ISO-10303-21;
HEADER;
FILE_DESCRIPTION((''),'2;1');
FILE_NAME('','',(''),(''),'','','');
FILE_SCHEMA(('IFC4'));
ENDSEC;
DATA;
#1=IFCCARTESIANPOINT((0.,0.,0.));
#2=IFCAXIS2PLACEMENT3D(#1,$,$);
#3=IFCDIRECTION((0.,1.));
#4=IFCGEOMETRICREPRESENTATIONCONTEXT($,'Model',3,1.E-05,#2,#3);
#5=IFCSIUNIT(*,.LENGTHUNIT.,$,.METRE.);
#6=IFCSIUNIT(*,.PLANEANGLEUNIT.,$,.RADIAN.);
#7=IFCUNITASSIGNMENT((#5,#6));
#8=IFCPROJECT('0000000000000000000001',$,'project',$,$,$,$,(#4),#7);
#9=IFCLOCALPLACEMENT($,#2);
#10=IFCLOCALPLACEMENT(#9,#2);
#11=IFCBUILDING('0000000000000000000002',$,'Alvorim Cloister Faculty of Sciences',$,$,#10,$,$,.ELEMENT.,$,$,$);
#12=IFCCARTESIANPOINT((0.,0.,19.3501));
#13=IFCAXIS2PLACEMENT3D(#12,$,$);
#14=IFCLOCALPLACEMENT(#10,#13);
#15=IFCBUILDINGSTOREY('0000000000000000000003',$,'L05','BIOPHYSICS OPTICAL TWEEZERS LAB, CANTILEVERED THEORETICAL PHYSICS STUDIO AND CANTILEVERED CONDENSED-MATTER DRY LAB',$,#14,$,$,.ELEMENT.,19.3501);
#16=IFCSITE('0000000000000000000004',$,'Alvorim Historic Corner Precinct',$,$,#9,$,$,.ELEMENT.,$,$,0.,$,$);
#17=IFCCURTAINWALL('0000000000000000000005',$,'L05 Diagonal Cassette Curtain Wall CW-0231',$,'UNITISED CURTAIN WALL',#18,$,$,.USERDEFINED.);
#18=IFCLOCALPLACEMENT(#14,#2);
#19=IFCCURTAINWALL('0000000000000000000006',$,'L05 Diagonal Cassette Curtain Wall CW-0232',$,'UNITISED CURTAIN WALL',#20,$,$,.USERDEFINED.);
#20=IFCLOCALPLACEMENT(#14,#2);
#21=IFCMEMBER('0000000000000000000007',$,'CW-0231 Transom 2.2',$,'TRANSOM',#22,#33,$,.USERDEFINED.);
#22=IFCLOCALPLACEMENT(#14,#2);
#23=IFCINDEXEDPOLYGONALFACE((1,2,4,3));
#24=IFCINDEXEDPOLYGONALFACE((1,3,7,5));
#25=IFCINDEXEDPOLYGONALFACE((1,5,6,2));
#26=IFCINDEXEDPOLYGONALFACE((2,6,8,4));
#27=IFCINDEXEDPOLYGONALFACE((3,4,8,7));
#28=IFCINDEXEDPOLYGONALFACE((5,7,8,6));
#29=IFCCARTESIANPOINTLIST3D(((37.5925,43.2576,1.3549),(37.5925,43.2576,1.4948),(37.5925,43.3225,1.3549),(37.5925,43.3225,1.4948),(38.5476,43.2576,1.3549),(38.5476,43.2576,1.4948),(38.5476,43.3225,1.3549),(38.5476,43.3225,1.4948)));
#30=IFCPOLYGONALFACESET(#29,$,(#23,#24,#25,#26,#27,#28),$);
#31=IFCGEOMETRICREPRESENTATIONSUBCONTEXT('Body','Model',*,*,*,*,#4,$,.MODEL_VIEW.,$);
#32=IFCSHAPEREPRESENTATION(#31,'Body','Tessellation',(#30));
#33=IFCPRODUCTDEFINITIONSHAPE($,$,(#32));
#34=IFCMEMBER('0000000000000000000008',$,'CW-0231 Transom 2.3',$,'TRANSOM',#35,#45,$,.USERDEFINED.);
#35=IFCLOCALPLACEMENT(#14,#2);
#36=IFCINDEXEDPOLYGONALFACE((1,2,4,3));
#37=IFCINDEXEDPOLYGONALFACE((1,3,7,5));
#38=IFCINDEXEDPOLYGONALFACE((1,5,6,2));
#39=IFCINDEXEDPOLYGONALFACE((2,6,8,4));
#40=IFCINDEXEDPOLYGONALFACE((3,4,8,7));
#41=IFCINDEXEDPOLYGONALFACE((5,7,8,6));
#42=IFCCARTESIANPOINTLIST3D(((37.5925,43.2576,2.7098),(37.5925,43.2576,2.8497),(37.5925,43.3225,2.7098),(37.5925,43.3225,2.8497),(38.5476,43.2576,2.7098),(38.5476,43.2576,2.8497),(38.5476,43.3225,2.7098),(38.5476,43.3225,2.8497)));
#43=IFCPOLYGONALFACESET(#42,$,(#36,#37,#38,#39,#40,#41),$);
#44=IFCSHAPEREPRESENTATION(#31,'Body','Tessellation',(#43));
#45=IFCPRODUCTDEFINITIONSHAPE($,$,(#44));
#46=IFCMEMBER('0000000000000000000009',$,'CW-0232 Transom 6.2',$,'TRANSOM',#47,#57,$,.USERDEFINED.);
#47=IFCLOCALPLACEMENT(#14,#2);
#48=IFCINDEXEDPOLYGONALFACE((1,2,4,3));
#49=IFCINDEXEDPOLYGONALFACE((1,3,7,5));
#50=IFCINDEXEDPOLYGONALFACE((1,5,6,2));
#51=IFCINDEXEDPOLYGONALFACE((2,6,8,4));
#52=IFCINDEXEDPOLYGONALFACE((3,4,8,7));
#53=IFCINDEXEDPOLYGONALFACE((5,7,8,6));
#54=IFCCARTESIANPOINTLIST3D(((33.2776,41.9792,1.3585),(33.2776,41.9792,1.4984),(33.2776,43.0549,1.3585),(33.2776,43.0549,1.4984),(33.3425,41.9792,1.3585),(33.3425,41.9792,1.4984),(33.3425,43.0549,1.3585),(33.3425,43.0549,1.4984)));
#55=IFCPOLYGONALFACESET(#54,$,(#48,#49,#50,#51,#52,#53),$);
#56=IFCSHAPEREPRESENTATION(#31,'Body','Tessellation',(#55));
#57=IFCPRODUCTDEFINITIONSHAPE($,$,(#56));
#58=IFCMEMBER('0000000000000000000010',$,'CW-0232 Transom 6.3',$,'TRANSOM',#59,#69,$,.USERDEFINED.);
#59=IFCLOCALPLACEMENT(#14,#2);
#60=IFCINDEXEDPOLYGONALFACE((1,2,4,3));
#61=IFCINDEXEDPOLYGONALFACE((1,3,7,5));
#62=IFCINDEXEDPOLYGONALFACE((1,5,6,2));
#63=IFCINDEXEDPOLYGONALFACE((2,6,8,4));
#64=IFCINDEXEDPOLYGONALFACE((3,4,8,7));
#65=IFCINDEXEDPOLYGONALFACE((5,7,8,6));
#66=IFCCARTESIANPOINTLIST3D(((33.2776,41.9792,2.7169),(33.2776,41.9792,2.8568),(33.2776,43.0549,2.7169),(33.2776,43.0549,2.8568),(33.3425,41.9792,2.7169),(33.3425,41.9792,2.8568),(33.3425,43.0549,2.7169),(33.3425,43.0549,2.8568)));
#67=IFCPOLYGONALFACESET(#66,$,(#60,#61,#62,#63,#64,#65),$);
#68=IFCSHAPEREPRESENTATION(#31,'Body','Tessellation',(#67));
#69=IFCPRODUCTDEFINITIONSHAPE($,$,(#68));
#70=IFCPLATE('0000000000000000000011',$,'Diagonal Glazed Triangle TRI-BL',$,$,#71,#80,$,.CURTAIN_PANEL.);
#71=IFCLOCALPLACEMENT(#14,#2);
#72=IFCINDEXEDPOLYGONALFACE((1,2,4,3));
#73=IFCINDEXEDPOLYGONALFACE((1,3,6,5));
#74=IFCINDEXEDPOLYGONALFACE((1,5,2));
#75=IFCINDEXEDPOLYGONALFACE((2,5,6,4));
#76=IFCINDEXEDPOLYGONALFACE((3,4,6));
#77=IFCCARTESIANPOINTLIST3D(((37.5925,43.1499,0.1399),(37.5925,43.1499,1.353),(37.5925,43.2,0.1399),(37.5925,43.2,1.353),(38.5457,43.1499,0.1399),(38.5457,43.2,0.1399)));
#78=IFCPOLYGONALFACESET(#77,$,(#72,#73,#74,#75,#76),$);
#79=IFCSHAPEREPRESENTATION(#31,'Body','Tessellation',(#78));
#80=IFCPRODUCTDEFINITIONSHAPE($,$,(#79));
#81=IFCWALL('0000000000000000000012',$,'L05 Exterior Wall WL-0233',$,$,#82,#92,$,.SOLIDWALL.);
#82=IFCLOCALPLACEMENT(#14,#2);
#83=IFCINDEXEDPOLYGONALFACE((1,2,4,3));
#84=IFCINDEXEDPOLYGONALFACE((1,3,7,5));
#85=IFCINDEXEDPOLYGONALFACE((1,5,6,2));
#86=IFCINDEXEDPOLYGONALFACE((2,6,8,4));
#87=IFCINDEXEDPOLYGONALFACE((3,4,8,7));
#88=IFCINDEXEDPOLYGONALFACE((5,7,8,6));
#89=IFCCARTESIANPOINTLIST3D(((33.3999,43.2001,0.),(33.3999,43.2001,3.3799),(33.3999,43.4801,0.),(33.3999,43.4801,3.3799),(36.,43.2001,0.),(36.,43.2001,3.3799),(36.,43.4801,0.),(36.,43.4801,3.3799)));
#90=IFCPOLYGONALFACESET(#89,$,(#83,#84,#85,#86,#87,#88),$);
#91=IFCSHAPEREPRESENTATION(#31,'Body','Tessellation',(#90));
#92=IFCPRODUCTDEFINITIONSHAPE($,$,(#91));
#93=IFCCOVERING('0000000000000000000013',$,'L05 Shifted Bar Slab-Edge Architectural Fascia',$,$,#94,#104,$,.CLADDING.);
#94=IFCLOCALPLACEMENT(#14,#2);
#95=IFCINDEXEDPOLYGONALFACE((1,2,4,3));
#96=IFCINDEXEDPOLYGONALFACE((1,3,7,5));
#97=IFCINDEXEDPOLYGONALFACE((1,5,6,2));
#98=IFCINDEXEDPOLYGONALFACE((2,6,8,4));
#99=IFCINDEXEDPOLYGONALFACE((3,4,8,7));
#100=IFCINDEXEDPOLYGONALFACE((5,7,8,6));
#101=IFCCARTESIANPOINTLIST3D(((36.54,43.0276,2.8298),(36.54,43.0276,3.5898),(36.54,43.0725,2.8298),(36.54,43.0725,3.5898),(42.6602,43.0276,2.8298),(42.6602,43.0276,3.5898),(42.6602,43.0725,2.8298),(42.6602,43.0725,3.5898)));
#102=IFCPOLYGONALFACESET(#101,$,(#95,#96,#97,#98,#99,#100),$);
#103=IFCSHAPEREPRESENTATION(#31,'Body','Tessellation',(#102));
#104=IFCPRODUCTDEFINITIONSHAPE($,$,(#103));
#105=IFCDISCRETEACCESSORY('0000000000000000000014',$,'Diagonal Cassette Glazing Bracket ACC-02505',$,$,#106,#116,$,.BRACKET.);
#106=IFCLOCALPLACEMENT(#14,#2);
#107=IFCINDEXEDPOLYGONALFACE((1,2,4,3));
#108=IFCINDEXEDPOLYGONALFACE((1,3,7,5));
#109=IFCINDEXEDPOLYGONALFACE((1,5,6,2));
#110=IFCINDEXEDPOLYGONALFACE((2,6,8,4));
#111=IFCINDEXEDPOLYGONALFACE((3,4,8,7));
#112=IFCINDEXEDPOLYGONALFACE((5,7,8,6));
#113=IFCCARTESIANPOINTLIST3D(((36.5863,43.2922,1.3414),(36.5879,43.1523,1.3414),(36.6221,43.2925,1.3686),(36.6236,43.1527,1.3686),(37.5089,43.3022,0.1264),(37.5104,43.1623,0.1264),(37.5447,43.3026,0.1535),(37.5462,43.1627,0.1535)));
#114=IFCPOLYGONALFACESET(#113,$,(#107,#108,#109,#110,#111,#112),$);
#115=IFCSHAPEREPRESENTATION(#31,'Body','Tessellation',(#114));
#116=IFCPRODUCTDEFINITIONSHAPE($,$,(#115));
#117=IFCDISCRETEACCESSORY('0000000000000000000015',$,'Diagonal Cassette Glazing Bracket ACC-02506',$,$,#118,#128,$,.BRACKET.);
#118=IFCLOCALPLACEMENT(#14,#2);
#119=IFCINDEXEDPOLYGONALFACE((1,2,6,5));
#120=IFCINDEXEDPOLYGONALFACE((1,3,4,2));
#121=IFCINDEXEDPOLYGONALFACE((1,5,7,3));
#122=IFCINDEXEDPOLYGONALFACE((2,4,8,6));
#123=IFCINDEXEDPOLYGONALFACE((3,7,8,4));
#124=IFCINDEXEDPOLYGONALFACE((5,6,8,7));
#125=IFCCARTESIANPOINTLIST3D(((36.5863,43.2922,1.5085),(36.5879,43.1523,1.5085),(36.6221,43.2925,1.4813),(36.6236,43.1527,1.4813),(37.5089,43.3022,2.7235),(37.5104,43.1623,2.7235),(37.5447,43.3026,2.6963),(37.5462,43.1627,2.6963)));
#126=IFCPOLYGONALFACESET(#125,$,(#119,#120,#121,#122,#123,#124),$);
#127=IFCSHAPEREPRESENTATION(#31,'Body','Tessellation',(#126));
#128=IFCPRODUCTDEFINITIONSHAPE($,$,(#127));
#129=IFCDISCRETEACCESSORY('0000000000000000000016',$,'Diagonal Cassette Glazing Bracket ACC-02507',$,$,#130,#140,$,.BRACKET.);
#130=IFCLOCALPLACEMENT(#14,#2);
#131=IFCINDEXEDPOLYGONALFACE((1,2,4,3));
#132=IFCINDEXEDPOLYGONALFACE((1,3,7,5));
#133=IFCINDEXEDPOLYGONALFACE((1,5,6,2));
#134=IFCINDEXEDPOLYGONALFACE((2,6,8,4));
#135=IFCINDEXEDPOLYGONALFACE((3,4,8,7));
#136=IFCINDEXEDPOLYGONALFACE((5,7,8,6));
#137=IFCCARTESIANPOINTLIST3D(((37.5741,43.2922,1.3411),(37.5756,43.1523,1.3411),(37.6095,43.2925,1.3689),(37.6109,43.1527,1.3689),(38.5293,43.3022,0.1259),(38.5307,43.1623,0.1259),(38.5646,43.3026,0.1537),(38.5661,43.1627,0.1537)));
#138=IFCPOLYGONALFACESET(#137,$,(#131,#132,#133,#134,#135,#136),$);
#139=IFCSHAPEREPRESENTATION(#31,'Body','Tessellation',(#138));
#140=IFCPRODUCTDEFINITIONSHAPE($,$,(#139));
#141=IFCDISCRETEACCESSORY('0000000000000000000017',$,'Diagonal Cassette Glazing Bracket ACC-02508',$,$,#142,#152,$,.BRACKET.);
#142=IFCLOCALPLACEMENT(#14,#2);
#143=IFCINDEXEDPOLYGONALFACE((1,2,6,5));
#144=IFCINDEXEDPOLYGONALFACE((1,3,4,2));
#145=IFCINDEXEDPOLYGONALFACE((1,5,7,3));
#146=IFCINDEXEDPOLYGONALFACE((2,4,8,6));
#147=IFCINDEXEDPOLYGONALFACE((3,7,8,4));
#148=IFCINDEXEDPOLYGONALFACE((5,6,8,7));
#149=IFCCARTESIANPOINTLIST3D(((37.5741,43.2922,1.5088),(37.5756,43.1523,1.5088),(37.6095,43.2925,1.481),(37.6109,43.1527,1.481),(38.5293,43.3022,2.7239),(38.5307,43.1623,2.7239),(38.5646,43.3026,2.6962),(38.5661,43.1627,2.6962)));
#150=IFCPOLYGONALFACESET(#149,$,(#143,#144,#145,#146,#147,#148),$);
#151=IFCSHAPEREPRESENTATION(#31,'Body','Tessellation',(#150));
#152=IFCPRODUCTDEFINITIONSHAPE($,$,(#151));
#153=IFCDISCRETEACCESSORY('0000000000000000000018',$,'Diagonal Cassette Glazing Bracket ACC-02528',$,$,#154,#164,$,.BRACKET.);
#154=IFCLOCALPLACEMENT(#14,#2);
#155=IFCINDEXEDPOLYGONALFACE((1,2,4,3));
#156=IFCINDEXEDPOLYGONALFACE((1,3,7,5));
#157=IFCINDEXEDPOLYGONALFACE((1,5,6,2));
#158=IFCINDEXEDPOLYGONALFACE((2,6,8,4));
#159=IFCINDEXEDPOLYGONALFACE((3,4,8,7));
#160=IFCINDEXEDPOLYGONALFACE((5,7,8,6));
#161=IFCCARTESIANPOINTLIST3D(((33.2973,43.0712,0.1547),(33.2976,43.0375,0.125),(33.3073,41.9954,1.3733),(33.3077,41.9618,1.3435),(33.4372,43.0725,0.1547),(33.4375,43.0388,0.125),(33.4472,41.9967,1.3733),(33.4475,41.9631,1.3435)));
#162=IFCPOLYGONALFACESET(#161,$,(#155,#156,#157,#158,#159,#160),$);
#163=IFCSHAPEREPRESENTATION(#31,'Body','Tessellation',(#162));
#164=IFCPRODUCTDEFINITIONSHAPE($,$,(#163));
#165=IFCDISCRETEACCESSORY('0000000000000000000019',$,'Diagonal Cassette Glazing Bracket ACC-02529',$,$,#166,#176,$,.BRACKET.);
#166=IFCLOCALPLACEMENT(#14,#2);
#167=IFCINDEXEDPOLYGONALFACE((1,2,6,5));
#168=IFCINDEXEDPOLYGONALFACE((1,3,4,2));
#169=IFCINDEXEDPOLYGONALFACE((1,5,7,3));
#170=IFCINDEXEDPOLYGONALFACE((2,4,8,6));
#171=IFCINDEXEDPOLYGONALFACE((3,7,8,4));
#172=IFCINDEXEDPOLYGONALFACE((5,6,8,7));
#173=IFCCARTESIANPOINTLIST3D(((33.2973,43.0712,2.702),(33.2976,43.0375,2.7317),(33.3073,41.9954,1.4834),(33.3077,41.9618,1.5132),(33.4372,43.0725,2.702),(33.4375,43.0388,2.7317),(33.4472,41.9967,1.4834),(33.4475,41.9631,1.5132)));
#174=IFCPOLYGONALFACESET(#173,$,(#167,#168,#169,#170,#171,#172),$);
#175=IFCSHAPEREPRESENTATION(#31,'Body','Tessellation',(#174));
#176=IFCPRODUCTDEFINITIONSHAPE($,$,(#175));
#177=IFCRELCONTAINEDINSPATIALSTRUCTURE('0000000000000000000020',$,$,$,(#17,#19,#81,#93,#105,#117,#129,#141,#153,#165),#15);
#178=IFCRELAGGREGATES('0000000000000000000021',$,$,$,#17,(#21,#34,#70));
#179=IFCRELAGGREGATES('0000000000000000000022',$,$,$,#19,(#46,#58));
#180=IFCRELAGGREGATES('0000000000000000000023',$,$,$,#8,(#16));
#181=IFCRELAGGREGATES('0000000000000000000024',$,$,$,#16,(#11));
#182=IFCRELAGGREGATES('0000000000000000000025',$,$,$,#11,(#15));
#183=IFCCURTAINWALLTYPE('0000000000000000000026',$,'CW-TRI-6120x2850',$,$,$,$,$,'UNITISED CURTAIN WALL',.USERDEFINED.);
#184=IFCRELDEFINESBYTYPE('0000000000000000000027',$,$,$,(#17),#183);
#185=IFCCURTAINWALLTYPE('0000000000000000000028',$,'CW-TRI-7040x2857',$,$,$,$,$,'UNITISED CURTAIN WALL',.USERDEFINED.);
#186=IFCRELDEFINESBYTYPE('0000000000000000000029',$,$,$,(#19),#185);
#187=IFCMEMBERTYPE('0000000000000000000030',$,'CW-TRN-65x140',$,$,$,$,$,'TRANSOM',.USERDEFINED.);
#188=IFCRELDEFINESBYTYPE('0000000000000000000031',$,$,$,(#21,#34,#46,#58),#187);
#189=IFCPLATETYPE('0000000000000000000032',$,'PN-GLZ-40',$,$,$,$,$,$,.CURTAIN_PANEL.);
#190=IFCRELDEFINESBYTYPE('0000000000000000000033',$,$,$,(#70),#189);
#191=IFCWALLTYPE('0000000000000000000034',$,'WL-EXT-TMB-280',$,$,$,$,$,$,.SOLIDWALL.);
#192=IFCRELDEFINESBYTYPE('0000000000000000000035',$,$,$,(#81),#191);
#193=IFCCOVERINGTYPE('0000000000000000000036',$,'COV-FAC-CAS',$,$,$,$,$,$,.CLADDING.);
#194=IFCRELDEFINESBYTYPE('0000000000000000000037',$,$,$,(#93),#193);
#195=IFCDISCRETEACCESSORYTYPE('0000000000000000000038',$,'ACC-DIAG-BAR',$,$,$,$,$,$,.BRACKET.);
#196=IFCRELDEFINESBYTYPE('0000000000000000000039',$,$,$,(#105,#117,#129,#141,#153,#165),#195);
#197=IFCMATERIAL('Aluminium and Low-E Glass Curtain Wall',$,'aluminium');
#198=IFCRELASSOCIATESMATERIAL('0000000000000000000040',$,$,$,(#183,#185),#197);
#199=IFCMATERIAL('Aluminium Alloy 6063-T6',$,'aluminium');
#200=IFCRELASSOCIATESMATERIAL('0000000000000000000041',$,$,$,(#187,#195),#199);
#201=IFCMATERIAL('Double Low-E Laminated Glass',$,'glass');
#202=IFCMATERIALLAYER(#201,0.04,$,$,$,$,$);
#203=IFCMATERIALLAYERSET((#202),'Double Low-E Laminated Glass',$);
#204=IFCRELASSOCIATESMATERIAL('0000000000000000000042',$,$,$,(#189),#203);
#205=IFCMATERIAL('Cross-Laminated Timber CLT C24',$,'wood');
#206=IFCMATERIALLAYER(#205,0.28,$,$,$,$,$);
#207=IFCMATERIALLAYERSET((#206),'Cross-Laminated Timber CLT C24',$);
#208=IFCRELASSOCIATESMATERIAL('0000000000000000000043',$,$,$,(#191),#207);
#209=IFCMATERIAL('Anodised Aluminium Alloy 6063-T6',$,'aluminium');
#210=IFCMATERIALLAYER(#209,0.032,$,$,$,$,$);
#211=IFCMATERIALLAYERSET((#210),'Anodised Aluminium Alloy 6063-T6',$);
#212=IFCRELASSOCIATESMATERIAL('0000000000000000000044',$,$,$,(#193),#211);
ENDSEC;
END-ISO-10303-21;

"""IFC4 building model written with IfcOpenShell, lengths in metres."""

from ifc_helpers import new_model, si_unit, direction, frame, frame_2d, origin, origin_2d, place, context, subcontext, project, spatial, polyline, rectangle, outline, extrude, material, layer, layer_set, material_profile, profile_set, type_object, element, aggregate, save


model = new_model("IFC4")

# Units and contexts
model_context = context("Model", 3, precision=1e-05, world=origin(), true_north=direction((0.0, 1.0)))
body_context = subcontext(model_context, "Body", "Model", "MODEL_VIEW")
ifc_project = project(units=[si_unit("LENGTHUNIT", "METRE"), si_unit("PLANEANGLEUNIT", "RADIAN")], contexts=[model_context])

# Site, building, storey
site_placement = place(None, origin())
site = spatial("IfcSite", under=ifc_project, at=site_placement, Name="Alvorim Historic Corner Precinct", CompositionType="ELEMENT", RefElevation=0.0)
building_placement = place(site_placement, origin())
building = spatial("IfcBuilding", under=site, at=building_placement, Name="Alvorim Cloister Faculty of Sciences", CompositionType="ELEMENT")
storey_placement = place(building_placement, frame((0.0, 0.0, 19.3501)))
storey = spatial("IfcBuildingStorey", under=building, at=storey_placement, Name="L05", Description="BIOPHYSICS OPTICAL TWEEZERS LAB, CANTILEVERED THEORETICAL PHYSICS STUDIO AND CANTILEVERED CONDENSED-MATTER DRY LAB", CompositionType="ELEMENT", Elevation=19.3501)

# Curtain wall
ifc_material_1 = material(Name="Aluminium and Low-E Glass Curtain Wall", Category="aluminium")
curtain_wall_type_1 = type_object("IfcCurtainWallType", Name="CW-TRI-6120x2850", ElementType="UNITISED CURTAIN WALL", PredefinedType="USERDEFINED", material=ifc_material_1)
curtain_wall_1_placement = place(storey_placement, origin())
curtain_wall_1 = element("IfcCurtainWall", 1, at=curtain_wall_1_placement, inside=storey, type_object=curtain_wall_type_1, Name="L05 Diagonal Cassette Curtain Wall CW-0231", ObjectType="UNITISED CURTAIN WALL", PredefinedType="USERDEFINED")
ifc_material_2 = material(Name="Aluminium Alloy 6063-T6", Category="aluminium")

# Curtain wall
curtain_wall_type_2 = type_object("IfcCurtainWallType", Name="CW-TRI-7040x2857", ElementType="UNITISED CURTAIN WALL", PredefinedType="USERDEFINED", material=ifc_material_1)
curtain_wall_2_placement = place(storey_placement, origin())
curtain_wall_2 = element("IfcCurtainWall", 2, at=curtain_wall_2_placement, inside=storey, type_object=curtain_wall_type_2, Name="L05 Diagonal Cassette Curtain Wall CW-0232", ObjectType="UNITISED CURTAIN WALL", PredefinedType="USERDEFINED")

# Members
ifc_material_profile_1 = material_profile(ifc_material_2, rectangle(XDim=0.0649, YDim=0.1399, at=origin_2d()), Name="ALU-TRN-65x140")
ifc_profile_set_1 = profile_set([ifc_material_profile_1], Name="Aluminium Alloy 6063-T6")
member_type_1 = type_object("IfcMemberType", Name="CW-TRN-65x140", ElementType="TRANSOM", PredefinedType="USERDEFINED", material=ifc_profile_set_1)
member_1_placement = place(storey_placement, frame((37.5925, 43.29, 1.4248), z_axis=(1.0, 0.0, 0.0), x_axis=(0.0, 1.0, 0.0)))
member_1 = element("IfcMember", 3, at=member_1_placement, type_object=member_type_1, Name="CW-0231 Transom 2.2", ObjectType="TRANSOM", PredefinedType="USERDEFINED", context=body_context, shape_type="SweptSolid", body=[
    extrude(rectangle(XDim=0.0649, YDim=0.1399, at=origin_2d()), origin(), (0.0, 0.0, 1.0), 0.9551),
])
member_2_placement = place(storey_placement, frame((37.5925, 43.29, 2.7798), z_axis=(1.0, 0.0, 0.0), x_axis=(0.0, 1.0, 0.0)))
member_2 = element("IfcMember", 4, at=member_2_placement, type_object=member_type_1, Name="CW-0231 Transom 2.3", ObjectType="TRANSOM", PredefinedType="USERDEFINED", context=body_context, shape_type="SweptSolid", body=[
    extrude(rectangle(XDim=0.0649, YDim=0.1399, at=origin_2d()), origin(), (0.0, 0.0, 1.0), 0.9551),
])
member_3_placement = place(storey_placement, frame((33.3101, 41.9792, 1.4285), z_axis=(0.0, 1.0, 0.0), x_axis=(-1.0, 0.0, 0.0)))
member_3 = element("IfcMember", 5, at=member_3_placement, type_object=member_type_1, Name="CW-0232 Transom 6.2", ObjectType="TRANSOM", PredefinedType="USERDEFINED", context=body_context, shape_type="SweptSolid", body=[
    extrude(rectangle(XDim=0.0649, YDim=0.1399, at=origin_2d()), origin(), (0.0, 0.0, 1.0), 1.0757),
])
member_4_placement = place(storey_placement, frame((33.3101, 41.9792, 2.7869), z_axis=(0.0, 1.0, 0.0), x_axis=(-1.0, 0.0, 0.0)))
member_4 = element("IfcMember", 6, at=member_4_placement, type_object=member_type_1, Name="CW-0232 Transom 6.3", ObjectType="TRANSOM", PredefinedType="USERDEFINED", context=body_context, shape_type="SweptSolid", body=[
    extrude(rectangle(XDim=0.0649, YDim=0.1399, at=origin_2d()), origin(), (0.0, 0.0, 1.0), 1.0757),
])

# Plate
ifc_material_3 = material(Name="Double Low-E Laminated Glass", Category="glass")
ifc_layer_1 = layer(ifc_material_3, 0.04)
ifc_layer_set_1 = layer_set([ifc_layer_1], Name="Double Low-E Laminated Glass")
plate_type = type_object("IfcPlateType", Name="PN-GLZ-40", PredefinedType="CURTAIN_PANEL", material=ifc_layer_set_1)
plate_1_placement = place(storey_placement, frame((37.5925, 43.175, 0.1399), z_axis=(0.0, 0.0, 1.0), x_axis=(1.0, 0.0, 0.0)))
plate_1 = element("IfcPlate", 7, at=plate_1_placement, type_object=plate_type, Name="Diagonal Glazed Triangle TRI-BL", PredefinedType="CURTAIN_PANEL", context=body_context, shape_type="SweptSolid", body=[
    extrude(outline(polyline([(0.0, 0.0), (0.9531, 0.0), (0.0, 1.2131), (0.0, 0.0)])), frame((0.0, 0.0249, 0.0), z_axis=(0.0, -1.0, 0.0), x_axis=(1.0, 0.0, 0.0)), (0.0, 0.0, 1.0), 0.05),
])
aggregate(curtain_wall_1, [member_1, member_2, plate_1])
aggregate(curtain_wall_2, [member_3, member_4])

# Wall
ifc_material_4 = material(Name="Cross-Laminated Timber CLT C24", Category="wood")
ifc_layer_2 = layer(ifc_material_4, 0.28)
ifc_layer_set_2 = layer_set([ifc_layer_2], Name="Cross-Laminated Timber CLT C24")
wall_type = type_object("IfcWallType", Name="WL-EXT-TMB-280", PredefinedType="SOLIDWALL", material=ifc_layer_set_2)
wall_placement = place(storey_placement, frame((33.3999, 43.3401, 0.0), z_axis=(0.0, 0.0, 1.0), x_axis=(1.0, 0.0, 0.0)))
element("IfcWall", 8, at=wall_placement, inside=storey, type_object=wall_type, Name="L05 Exterior Wall WL-0233", PredefinedType="SOLIDWALL", context=body_context, shape_type="SweptSolid", body=[
    extrude(rectangle(XDim=2.6001, YDim=0.28, at=frame_2d((1.3, 0.0))), origin(), (0.0, 0.0, 1.0), 3.3799),
])

# Covering
ifc_material_5 = material(Name="Anodised Aluminium Alloy 6063-T6", Category="aluminium")
ifc_layer_3 = layer(ifc_material_5, 0.032)
ifc_layer_set_3 = layer_set([ifc_layer_3], Name="Anodised Aluminium Alloy 6063-T6")
covering_type = type_object("IfcCoveringType", Name="COV-FAC-CAS", PredefinedType="CLADDING", material=ifc_layer_set_3)
covering_placement = place(storey_placement, frame((36.54, 43.05, 2.8298), z_axis=(0.0, 0.0, 1.0), x_axis=(1.0, 0.0, 0.0)))
element("IfcCovering", 9, at=covering_placement, inside=storey, type_object=covering_type, Name="L05 Shifted Bar Slab-Edge Architectural Fascia", PredefinedType="CLADDING", context=body_context, shape_type="SweptSolid", body=[
    extrude(outline(polyline([(0.0, 0.0), (6.1201, 0.0), (6.1201, 0.76), (0.0, 0.76), (0.0, 0.0)])), frame((0.0, 0.0225, 0.0), z_axis=(0.0, -1.0, 0.0), x_axis=(1.0, 0.0, 0.0)), (0.0, 0.0, 1.0), 0.0449),
])

# Discrete accessories
discrete_accessory_type = type_object("IfcDiscreteAccessoryType", Name="ACC-DIAG-BAR", PredefinedType="BRACKET", material=ifc_material_2)
for number, where, z_axis, x_axis, name in (
    (10, (36.605, 43.2224, 1.355), (0.604713, 0.006561, -0.796416), (-0.010849, 0.999941, 0.0), "Diagonal Cassette Glazing Bracket ACC-02505"),
    (11, (36.605, 43.2224, 1.4949), (0.604713, 0.006561, 0.796416), (-0.010849, 0.999941, 0.0), "Diagonal Cassette Glazing Bracket ACC-02506"),
):
    element("IfcDiscreteAccessory", number, at=place(storey_placement, frame(where, z_axis=z_axis, x_axis=x_axis)), inside=storey, type_object=discrete_accessory_type, Name=name, PredefinedType="BRACKET", context=body_context, shape_type="SweptSolid", body=[
        extrude(rectangle(XDim=0.1399, YDim=0.0449, at=origin_2d()), origin(), (0.0, 0.0, 1.0), 1.5256),
    ])
for number, where, z_axis, x_axis, name in (
    (12, (37.5925, 43.2224, 1.355), (0.617955, 0.006477, -0.786187), (-0.01048, 0.999945, 0.0), "Diagonal Cassette Glazing Bracket ACC-02507"),
    (13, (37.5925, 43.2224, 1.4949), (0.617955, 0.006477, 0.786187), (-0.01048, 0.999945, 0.0), "Diagonal Cassette Glazing Bracket ACC-02508"),
):
    element("IfcDiscreteAccessory", number, at=place(storey_placement, frame(where, z_axis=z_axis, x_axis=x_axis)), inside=storey, type_object=discrete_accessory_type, Name=name, PredefinedType="BRACKET", context=body_context, shape_type="SweptSolid", body=[
        extrude(rectangle(XDim=0.1399, YDim=0.0449, at=origin_2d()), origin(), (0.0, 0.0, 1.0), 1.5457),
    ])
for number, where, z_axis, x_axis, name in (
    (14, (33.3774, 41.9792, 1.3584), (-0.006158, 0.661793, -0.749661), (-0.999957, -0.009305, 0.0), "Diagonal Cassette Glazing Bracket ACC-02528"),
    (15, (33.3774, 41.9792, 1.4983), (-0.006158, 0.661793, 0.749661), (-0.999957, -0.009305, 0.0), "Diagonal Cassette Glazing Bracket ACC-02529"),
):
    element("IfcDiscreteAccessory", number, at=place(storey_placement, frame(where, z_axis=z_axis, x_axis=x_axis)), inside=storey, type_object=discrete_accessory_type, Name=name, PredefinedType="BRACKET", context=body_context, shape_type="SweptSolid", body=[
        extrude(rectangle(XDim=0.1399, YDim=0.0449, at=origin_2d()), origin(), (0.0, 0.0, 1.0), 1.6255),
    ])

save(model, "model.ifc")
